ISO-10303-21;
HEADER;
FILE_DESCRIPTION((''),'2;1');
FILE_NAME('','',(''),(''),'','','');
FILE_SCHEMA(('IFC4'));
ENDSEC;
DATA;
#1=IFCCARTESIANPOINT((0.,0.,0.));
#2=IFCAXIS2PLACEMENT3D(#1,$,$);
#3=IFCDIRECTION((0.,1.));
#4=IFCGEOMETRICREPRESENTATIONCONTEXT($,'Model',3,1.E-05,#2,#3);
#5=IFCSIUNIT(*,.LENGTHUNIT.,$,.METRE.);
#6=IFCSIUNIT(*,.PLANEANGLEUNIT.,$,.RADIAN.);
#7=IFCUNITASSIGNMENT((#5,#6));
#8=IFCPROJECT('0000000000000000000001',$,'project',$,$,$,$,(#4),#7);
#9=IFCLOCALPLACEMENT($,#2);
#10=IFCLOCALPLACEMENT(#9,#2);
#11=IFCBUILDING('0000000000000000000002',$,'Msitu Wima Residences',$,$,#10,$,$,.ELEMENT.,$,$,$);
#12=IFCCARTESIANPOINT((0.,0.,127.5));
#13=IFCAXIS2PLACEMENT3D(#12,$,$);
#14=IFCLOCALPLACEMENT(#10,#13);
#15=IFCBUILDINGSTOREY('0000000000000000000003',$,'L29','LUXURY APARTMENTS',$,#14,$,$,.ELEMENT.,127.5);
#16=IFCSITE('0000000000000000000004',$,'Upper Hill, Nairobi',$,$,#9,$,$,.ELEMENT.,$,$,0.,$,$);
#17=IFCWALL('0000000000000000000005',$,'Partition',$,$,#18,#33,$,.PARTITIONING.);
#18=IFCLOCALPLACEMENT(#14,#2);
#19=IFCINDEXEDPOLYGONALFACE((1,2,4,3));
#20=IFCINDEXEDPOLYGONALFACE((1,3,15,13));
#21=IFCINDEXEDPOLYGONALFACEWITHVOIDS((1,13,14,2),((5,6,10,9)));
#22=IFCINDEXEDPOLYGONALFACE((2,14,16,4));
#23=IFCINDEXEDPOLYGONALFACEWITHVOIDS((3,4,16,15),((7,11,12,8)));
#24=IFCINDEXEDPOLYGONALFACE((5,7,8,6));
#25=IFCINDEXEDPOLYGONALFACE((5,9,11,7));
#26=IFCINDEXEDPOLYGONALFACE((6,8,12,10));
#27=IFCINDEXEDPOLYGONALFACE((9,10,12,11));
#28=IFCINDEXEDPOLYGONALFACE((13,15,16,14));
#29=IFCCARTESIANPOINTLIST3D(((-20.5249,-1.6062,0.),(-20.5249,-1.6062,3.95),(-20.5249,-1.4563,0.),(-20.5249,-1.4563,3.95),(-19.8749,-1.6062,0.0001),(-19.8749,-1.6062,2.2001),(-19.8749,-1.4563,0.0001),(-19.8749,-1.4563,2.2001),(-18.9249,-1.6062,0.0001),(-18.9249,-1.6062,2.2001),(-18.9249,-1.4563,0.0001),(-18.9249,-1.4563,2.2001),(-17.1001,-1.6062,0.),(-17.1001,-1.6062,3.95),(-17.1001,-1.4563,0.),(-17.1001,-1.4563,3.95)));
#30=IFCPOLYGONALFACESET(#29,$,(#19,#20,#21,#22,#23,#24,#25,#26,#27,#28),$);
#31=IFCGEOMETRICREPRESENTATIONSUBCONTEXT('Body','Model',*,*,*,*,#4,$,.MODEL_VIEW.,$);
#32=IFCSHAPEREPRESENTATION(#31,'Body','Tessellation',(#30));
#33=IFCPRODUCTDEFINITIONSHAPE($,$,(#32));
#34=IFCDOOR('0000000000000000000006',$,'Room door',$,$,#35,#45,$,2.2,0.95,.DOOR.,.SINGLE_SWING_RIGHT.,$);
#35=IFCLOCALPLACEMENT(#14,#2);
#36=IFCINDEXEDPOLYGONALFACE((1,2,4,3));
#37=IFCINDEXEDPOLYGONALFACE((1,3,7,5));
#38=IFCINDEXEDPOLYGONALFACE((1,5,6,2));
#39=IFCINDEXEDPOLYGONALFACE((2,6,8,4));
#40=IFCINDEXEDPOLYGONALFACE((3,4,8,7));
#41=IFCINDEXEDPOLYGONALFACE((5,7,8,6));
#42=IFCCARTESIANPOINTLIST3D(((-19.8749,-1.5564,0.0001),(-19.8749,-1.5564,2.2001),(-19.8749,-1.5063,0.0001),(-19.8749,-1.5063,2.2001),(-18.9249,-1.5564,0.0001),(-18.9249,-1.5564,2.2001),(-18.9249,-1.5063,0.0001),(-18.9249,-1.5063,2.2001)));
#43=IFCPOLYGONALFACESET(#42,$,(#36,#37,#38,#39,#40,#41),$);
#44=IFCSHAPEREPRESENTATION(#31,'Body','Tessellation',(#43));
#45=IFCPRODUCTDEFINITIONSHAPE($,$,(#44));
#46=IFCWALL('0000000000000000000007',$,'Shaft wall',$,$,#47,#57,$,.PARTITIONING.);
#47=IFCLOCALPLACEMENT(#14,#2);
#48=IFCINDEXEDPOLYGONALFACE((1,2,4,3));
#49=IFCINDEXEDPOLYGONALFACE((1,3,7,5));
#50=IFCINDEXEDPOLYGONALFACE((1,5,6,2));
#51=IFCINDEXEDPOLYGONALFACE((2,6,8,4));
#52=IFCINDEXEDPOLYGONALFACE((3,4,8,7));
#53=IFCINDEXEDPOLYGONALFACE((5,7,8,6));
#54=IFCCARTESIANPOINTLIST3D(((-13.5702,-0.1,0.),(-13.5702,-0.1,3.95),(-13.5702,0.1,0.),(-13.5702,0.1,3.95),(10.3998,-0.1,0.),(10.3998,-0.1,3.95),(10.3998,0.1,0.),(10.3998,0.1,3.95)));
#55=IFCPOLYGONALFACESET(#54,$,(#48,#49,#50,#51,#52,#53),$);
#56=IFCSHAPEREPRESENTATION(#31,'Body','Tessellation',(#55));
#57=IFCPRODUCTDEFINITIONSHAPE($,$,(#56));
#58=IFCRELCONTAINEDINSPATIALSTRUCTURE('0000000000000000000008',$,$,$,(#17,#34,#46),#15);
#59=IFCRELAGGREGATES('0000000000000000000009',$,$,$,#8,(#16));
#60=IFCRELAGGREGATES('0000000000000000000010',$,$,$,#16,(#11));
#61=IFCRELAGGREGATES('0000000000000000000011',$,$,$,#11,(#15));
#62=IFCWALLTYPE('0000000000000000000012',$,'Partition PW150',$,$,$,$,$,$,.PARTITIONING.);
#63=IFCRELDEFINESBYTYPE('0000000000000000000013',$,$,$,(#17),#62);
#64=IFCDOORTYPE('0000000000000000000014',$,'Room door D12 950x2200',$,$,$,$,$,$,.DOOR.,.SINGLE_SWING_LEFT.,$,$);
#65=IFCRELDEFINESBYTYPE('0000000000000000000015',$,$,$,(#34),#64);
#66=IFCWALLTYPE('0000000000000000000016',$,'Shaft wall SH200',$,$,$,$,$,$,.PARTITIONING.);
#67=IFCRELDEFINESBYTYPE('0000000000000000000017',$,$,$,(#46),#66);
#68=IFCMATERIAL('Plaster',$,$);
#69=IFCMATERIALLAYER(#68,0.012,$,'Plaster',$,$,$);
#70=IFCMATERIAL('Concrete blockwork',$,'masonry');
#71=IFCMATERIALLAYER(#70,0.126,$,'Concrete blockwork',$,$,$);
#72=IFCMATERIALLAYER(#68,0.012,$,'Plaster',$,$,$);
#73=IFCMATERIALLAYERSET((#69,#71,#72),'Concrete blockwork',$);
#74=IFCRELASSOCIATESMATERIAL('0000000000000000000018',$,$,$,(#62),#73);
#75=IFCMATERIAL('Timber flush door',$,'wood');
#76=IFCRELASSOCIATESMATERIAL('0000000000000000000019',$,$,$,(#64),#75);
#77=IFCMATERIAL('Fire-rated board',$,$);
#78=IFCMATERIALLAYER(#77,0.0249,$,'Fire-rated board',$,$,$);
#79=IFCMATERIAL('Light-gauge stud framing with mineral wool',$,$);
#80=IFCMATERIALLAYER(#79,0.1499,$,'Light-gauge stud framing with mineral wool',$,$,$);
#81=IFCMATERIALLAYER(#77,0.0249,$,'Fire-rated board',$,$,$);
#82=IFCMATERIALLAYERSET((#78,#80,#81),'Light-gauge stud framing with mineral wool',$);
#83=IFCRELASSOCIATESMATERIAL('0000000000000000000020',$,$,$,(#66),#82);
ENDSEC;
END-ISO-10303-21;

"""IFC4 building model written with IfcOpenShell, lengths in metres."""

from ifc_helpers import new_model, si_unit, direction, frame, frame_2d, origin, place, context, subcontext, project, spatial, rectangle, extrude, material, layer, layer_set, type_object, element, fill, save


model = new_model("IFC4")

# Units and contexts
model_context = context("Model", 3, precision=1e-05, world=origin(), true_north=direction((0.0, 1.0)))
body_context = subcontext(model_context, "Body", "Model", "MODEL_VIEW")
ifc_project = project(units=[si_unit("LENGTHUNIT", "METRE"), si_unit("PLANEANGLEUNIT", "RADIAN")], contexts=[model_context])

# Site, building, storey
site_placement = place(None, origin())
site = spatial("IfcSite", under=ifc_project, at=site_placement, Name="Upper Hill, Nairobi", CompositionType="ELEMENT", RefElevation=0.0)
building_placement = place(site_placement, origin())
building = spatial("IfcBuilding", under=site, at=building_placement, Name="Msitu Wima Residences", CompositionType="ELEMENT")
storey_placement = place(building_placement, frame((0.0, 0.0, 127.5)))
storey = spatial("IfcBuildingStorey", under=building, at=storey_placement, Name="L29", Description="LUXURY APARTMENTS", CompositionType="ELEMENT", Elevation=127.5)

# Wall, opening, door
ifc_material_1 = material(Name="Plaster")
ifc_layer_1 = layer(ifc_material_1, 0.012, Name="Plaster")
ifc_material_2 = material(Name="Concrete blockwork", Category="masonry")
ifc_layer_2 = layer(ifc_material_2, 0.126, Name="Concrete blockwork")
ifc_layer_3 = layer(ifc_material_1, 0.012, Name="Plaster")
ifc_layer_set_1 = layer_set([ifc_layer_1, ifc_layer_2, ifc_layer_3], Name="Concrete blockwork")
wall_type_1 = type_object("IfcWallType", Name="Partition PW150", PredefinedType="PARTITIONING", material=ifc_layer_set_1)
wall_1_placement = place(storey_placement, frame((-20.5249, -1.5312, 0.0), z_axis=(0.0, 0.0, 1.0), x_axis=(1.0, 0.0, 0.0)))
wall_1 = element("IfcWall", 1, at=wall_1_placement, inside=storey, type_object=wall_type_1, Name="Partition", PredefinedType="PARTITIONING", context=body_context, shape_type="SweptSolid", body=[
    extrude(rectangle(XDim=3.4248, YDim=0.1499, at=frame_2d((1.7124, 0.0))), origin(), (0.0, 0.0, 1.0), 3.95),
])
opening_1_placement = place(wall_1_placement, frame((0.6499, 0.0, 0.0)))
opening_1 = element("IfcOpeningElement", 2, at=opening_1_placement, cuts=wall_1, PredefinedType="OPENING", context=body_context, shape_type="SweptSolid", body=[
    extrude(rectangle(XDim=0.95, YDim=2.2, at=frame_2d((0.4751, 1.1001))), frame((0.0, 0.085, 0.0), z_axis=(0.0, -1.0, 0.0), x_axis=(1.0, 0.0, 0.0)), (0.0, 0.0, 1.0), 0.1699),
])
ifc_material_3 = material(Name="Timber flush door", Category="wood")
door_type_1 = type_object("IfcDoorType", Name="Room door D12 950x2200", OperationType="SINGLE_SWING_LEFT", PredefinedType="DOOR", material=ifc_material_3)
door_1_placement = place(opening_1_placement, origin())
door_1 = element("IfcDoor", 3, at=door_1_placement, inside=storey, type_object=door_type_1, Name="Room door", OperationType="SINGLE_SWING_RIGHT", OverallHeight=2.2, OverallWidth=0.95, PredefinedType="DOOR", context=body_context, shape_type="SweptSolid", body=[
    extrude(rectangle(XDim=0.95, YDim=2.2, at=frame_2d((0.4751, 1.1001))), frame((0.0, 0.0249, 0.0), z_axis=(0.0, -1.0, 0.0), x_axis=(1.0, 0.0, 0.0)), (0.0, 0.0, 1.0), 0.05),
])
fill(opening_1, door_1)

# Wall
ifc_material_4 = material(Name="Fire-rated board")
ifc_layer_4 = layer(ifc_material_4, 0.0249, Name="Fire-rated board")
ifc_material_5 = material(Name="Light-gauge stud framing with mineral wool")
ifc_layer_5 = layer(ifc_material_5, 0.1499, Name="Light-gauge stud framing with mineral wool")
ifc_layer_6 = layer(ifc_material_4, 0.0249, Name="Fire-rated board")
ifc_layer_set_2 = layer_set([ifc_layer_4, ifc_layer_5, ifc_layer_6], Name="Light-gauge stud framing with mineral wool")
wall_type_2 = type_object("IfcWallType", Name="Shaft wall SH200", PredefinedType="PARTITIONING", material=ifc_layer_set_2)
wall_2_placement = place(storey_placement, frame((-13.5701, 0.0, 0.0), z_axis=(0.0, 0.0, 1.0), x_axis=(1.0, 0.0, 0.0)))
element("IfcWall", 4, at=wall_2_placement, inside=storey, type_object=wall_type_2, Name="Shaft wall", PredefinedType="PARTITIONING", context=body_context, shape_type="SweptSolid", body=[
    extrude(rectangle(XDim=23.97, YDim=0.2, at=frame_2d((11.9849, 0.0))), origin(), (0.0, 0.0, 1.0), 3.95),
])

save(model, "model.ifc")
